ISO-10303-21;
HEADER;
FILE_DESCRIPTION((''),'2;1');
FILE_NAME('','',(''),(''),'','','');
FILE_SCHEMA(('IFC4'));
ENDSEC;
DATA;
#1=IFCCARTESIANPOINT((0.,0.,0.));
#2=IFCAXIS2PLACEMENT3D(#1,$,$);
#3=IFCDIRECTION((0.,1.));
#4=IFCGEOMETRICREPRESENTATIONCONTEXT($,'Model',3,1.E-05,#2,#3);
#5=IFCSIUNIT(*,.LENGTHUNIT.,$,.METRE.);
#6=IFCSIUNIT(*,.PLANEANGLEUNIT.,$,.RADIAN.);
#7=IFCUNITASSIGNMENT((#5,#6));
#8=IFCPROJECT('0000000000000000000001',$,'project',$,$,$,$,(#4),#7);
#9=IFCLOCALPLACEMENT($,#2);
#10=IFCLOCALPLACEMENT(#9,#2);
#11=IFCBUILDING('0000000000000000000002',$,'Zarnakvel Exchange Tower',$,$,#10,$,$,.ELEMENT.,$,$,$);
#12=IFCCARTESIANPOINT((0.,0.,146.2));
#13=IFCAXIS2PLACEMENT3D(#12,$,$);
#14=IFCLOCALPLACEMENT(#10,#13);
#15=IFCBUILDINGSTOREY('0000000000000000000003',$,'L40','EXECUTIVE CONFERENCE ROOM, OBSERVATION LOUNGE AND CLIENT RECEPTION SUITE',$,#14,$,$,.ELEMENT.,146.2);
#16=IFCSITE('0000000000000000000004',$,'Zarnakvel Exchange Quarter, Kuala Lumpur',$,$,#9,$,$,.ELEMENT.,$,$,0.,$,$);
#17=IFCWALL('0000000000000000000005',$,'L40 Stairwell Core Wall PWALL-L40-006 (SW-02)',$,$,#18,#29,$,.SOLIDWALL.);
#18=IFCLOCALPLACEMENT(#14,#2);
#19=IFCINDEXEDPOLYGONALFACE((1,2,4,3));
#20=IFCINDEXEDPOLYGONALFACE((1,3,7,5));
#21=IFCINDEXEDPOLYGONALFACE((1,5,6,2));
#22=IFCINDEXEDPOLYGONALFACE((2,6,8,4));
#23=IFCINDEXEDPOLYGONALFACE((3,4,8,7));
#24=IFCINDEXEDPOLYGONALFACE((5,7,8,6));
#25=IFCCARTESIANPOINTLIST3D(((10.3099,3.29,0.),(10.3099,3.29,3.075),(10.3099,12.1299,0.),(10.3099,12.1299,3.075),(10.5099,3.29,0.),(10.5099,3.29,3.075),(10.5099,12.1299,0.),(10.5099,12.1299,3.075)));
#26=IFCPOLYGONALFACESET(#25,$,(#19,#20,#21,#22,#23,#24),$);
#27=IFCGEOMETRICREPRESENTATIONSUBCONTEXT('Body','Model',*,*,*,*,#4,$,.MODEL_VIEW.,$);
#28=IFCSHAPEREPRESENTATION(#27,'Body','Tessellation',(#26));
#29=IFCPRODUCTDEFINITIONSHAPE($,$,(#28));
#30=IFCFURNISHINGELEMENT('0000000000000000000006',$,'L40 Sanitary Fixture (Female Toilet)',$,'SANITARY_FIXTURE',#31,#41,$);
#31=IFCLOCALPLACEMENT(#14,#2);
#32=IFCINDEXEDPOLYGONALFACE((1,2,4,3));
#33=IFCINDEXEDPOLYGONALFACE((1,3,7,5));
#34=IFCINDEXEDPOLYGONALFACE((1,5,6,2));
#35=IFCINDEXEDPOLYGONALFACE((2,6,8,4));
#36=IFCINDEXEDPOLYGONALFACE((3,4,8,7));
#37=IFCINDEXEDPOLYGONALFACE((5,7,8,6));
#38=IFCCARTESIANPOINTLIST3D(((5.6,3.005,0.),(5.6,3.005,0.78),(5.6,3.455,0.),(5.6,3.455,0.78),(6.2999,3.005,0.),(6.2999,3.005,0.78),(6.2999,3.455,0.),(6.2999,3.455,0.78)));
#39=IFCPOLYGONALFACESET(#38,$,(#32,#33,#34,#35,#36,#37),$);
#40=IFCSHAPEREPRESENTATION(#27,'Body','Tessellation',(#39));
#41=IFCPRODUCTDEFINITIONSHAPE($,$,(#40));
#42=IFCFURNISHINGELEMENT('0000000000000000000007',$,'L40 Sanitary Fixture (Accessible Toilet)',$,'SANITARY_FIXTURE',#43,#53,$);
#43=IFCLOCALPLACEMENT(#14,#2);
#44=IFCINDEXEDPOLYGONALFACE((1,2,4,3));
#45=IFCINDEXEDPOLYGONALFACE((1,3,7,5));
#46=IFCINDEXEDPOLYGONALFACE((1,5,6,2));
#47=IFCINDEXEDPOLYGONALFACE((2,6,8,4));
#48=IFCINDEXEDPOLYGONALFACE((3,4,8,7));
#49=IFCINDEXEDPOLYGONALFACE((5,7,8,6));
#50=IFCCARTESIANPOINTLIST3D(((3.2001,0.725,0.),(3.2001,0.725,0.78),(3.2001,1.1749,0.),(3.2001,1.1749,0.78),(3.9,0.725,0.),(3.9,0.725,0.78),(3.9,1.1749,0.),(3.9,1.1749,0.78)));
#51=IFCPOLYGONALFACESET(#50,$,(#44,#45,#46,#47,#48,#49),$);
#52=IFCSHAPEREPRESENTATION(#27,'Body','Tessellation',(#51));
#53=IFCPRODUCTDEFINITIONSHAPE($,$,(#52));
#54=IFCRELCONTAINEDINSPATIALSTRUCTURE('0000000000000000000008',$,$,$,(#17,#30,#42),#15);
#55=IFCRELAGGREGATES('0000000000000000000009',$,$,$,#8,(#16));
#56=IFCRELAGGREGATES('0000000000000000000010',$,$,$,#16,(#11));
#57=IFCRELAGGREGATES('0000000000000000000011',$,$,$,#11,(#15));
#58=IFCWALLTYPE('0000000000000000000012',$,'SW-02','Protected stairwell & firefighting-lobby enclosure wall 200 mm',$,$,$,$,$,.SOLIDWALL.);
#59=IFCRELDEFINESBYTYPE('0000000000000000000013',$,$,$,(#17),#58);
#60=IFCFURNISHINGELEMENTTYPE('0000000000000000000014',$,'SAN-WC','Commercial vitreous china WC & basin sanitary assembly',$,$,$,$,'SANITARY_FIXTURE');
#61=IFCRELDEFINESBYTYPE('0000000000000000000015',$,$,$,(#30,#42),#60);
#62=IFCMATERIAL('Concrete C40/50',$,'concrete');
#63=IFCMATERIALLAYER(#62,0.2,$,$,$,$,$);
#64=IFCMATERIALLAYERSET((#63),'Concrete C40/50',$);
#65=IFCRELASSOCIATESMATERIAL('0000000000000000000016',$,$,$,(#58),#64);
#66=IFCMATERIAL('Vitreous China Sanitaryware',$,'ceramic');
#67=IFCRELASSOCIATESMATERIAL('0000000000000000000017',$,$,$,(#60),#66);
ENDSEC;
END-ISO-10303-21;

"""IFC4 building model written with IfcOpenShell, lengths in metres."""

from ifc_helpers import new_model, si_unit, direction, frame, frame_2d, origin, origin_2d, place, context, subcontext, project, spatial, rectangle, extrude, source, transform, mapped, material, layer, layer_set, type_object, element, save


model = new_model("IFC4")

# Units and contexts
model_context = context("Model", 3, precision=1e-05, world=origin(), true_north=direction((0.0, 1.0)))
body_context = subcontext(model_context, "Body", "Model", "MODEL_VIEW")
ifc_project = project(units=[si_unit("LENGTHUNIT", "METRE"), si_unit("PLANEANGLEUNIT", "RADIAN")], contexts=[model_context])

# Site, building, storey
site_placement = place(None, origin())
site = spatial("IfcSite", under=ifc_project, at=site_placement, Name="Zarnakvel Exchange Quarter, Kuala Lumpur", CompositionType="ELEMENT", RefElevation=0.0)
building_placement = place(site_placement, origin())
building = spatial("IfcBuilding", under=site, at=building_placement, Name="Zarnakvel Exchange Tower", CompositionType="ELEMENT")
storey_placement = place(building_placement, frame((0.0, 0.0, 146.2)))
storey = spatial("IfcBuildingStorey", under=building, at=storey_placement, Name="L40", Description="EXECUTIVE CONFERENCE ROOM, OBSERVATION LOUNGE AND CLIENT RECEPTION SUITE", CompositionType="ELEMENT", Elevation=146.2)

# Shared definitions
ifc_material_1 = material(Name="Concrete C40/50", Category="concrete")

# Wall
ifc_layer_1 = layer(ifc_material_1, 0.2)
ifc_layer_set_1 = layer_set([ifc_layer_1], Name="Concrete C40/50")
wall_type_1 = type_object("IfcWallType", Name="SW-02", Description="Protected stairwell & firefighting-lobby enclosure wall 200 mm", PredefinedType="SOLIDWALL", material=ifc_layer_set_1)
wall_1_placement = place(storey_placement, frame((10.4099, 3.29, 0.0), z_axis=(0.0, 0.0, 1.0), x_axis=(0.0, 1.0, 0.0)))
element("IfcWall", 1, at=wall_1_placement, inside=storey, type_object=wall_type_1, Name="L40 Stairwell Core Wall PWALL-L40-006 (SW-02)", PredefinedType="SOLIDWALL", context=body_context, shape_type="SweptSolid", body=[
    extrude(rectangle(XDim=8.8398, YDim=0.2, at=frame_2d((4.4199, 0.0))), origin(), (0.0, 0.0, 1.0), 3.075),
])

# Furnishing elements
ifc_material_2 = material(Name="Vitreous China Sanitaryware", Category="ceramic")
furnishing_element_type = type_object("IfcFurnishingElementType", Name="SAN-WC", Description="Commercial vitreous china WC & basin sanitary assembly", ElementType="SANITARY_FIXTURE", material=ifc_material_2)
shared_shape_1 = source(origin(), body_context, "Body", "SweptSolid", [
    extrude(rectangle(XDim=0.7, YDim=0.45, at=origin_2d()), origin(), (0.0, 0.0, 1.0), 0.78),
])
for number, where, z_axis, x_axis, name in (
    (2, (5.95, 3.23, 0.0), (0.0, 0.0, 1.0), (1.0, 0.0, 0.0), "L40 Sanitary Fixture (Female Toilet)"),
    (3, (3.55, 0.95, 0.0), (0.0, 0.0, 1.0), (1.0, 0.0, 0.0), "L40 Sanitary Fixture (Accessible Toilet)"),
):
    element("IfcFurnishingElement", number, at=place(storey_placement, frame(where, z_axis=z_axis, x_axis=x_axis)), inside=storey, type_object=furnishing_element_type, Name=name, ObjectType="SANITARY_FIXTURE", context=body_context, shape_type="MappedRepresentation", body=[
        mapped(shared_shape_1, transform((0.0, 0.0, 0.0), x_axis=(1.0, 0.0, 0.0), y_axis=(0.0, 1.0, 0.0), z_axis=(0.0, 0.0, 1.0), scale=1.0)),
    ])

save(model, "model.ifc")
